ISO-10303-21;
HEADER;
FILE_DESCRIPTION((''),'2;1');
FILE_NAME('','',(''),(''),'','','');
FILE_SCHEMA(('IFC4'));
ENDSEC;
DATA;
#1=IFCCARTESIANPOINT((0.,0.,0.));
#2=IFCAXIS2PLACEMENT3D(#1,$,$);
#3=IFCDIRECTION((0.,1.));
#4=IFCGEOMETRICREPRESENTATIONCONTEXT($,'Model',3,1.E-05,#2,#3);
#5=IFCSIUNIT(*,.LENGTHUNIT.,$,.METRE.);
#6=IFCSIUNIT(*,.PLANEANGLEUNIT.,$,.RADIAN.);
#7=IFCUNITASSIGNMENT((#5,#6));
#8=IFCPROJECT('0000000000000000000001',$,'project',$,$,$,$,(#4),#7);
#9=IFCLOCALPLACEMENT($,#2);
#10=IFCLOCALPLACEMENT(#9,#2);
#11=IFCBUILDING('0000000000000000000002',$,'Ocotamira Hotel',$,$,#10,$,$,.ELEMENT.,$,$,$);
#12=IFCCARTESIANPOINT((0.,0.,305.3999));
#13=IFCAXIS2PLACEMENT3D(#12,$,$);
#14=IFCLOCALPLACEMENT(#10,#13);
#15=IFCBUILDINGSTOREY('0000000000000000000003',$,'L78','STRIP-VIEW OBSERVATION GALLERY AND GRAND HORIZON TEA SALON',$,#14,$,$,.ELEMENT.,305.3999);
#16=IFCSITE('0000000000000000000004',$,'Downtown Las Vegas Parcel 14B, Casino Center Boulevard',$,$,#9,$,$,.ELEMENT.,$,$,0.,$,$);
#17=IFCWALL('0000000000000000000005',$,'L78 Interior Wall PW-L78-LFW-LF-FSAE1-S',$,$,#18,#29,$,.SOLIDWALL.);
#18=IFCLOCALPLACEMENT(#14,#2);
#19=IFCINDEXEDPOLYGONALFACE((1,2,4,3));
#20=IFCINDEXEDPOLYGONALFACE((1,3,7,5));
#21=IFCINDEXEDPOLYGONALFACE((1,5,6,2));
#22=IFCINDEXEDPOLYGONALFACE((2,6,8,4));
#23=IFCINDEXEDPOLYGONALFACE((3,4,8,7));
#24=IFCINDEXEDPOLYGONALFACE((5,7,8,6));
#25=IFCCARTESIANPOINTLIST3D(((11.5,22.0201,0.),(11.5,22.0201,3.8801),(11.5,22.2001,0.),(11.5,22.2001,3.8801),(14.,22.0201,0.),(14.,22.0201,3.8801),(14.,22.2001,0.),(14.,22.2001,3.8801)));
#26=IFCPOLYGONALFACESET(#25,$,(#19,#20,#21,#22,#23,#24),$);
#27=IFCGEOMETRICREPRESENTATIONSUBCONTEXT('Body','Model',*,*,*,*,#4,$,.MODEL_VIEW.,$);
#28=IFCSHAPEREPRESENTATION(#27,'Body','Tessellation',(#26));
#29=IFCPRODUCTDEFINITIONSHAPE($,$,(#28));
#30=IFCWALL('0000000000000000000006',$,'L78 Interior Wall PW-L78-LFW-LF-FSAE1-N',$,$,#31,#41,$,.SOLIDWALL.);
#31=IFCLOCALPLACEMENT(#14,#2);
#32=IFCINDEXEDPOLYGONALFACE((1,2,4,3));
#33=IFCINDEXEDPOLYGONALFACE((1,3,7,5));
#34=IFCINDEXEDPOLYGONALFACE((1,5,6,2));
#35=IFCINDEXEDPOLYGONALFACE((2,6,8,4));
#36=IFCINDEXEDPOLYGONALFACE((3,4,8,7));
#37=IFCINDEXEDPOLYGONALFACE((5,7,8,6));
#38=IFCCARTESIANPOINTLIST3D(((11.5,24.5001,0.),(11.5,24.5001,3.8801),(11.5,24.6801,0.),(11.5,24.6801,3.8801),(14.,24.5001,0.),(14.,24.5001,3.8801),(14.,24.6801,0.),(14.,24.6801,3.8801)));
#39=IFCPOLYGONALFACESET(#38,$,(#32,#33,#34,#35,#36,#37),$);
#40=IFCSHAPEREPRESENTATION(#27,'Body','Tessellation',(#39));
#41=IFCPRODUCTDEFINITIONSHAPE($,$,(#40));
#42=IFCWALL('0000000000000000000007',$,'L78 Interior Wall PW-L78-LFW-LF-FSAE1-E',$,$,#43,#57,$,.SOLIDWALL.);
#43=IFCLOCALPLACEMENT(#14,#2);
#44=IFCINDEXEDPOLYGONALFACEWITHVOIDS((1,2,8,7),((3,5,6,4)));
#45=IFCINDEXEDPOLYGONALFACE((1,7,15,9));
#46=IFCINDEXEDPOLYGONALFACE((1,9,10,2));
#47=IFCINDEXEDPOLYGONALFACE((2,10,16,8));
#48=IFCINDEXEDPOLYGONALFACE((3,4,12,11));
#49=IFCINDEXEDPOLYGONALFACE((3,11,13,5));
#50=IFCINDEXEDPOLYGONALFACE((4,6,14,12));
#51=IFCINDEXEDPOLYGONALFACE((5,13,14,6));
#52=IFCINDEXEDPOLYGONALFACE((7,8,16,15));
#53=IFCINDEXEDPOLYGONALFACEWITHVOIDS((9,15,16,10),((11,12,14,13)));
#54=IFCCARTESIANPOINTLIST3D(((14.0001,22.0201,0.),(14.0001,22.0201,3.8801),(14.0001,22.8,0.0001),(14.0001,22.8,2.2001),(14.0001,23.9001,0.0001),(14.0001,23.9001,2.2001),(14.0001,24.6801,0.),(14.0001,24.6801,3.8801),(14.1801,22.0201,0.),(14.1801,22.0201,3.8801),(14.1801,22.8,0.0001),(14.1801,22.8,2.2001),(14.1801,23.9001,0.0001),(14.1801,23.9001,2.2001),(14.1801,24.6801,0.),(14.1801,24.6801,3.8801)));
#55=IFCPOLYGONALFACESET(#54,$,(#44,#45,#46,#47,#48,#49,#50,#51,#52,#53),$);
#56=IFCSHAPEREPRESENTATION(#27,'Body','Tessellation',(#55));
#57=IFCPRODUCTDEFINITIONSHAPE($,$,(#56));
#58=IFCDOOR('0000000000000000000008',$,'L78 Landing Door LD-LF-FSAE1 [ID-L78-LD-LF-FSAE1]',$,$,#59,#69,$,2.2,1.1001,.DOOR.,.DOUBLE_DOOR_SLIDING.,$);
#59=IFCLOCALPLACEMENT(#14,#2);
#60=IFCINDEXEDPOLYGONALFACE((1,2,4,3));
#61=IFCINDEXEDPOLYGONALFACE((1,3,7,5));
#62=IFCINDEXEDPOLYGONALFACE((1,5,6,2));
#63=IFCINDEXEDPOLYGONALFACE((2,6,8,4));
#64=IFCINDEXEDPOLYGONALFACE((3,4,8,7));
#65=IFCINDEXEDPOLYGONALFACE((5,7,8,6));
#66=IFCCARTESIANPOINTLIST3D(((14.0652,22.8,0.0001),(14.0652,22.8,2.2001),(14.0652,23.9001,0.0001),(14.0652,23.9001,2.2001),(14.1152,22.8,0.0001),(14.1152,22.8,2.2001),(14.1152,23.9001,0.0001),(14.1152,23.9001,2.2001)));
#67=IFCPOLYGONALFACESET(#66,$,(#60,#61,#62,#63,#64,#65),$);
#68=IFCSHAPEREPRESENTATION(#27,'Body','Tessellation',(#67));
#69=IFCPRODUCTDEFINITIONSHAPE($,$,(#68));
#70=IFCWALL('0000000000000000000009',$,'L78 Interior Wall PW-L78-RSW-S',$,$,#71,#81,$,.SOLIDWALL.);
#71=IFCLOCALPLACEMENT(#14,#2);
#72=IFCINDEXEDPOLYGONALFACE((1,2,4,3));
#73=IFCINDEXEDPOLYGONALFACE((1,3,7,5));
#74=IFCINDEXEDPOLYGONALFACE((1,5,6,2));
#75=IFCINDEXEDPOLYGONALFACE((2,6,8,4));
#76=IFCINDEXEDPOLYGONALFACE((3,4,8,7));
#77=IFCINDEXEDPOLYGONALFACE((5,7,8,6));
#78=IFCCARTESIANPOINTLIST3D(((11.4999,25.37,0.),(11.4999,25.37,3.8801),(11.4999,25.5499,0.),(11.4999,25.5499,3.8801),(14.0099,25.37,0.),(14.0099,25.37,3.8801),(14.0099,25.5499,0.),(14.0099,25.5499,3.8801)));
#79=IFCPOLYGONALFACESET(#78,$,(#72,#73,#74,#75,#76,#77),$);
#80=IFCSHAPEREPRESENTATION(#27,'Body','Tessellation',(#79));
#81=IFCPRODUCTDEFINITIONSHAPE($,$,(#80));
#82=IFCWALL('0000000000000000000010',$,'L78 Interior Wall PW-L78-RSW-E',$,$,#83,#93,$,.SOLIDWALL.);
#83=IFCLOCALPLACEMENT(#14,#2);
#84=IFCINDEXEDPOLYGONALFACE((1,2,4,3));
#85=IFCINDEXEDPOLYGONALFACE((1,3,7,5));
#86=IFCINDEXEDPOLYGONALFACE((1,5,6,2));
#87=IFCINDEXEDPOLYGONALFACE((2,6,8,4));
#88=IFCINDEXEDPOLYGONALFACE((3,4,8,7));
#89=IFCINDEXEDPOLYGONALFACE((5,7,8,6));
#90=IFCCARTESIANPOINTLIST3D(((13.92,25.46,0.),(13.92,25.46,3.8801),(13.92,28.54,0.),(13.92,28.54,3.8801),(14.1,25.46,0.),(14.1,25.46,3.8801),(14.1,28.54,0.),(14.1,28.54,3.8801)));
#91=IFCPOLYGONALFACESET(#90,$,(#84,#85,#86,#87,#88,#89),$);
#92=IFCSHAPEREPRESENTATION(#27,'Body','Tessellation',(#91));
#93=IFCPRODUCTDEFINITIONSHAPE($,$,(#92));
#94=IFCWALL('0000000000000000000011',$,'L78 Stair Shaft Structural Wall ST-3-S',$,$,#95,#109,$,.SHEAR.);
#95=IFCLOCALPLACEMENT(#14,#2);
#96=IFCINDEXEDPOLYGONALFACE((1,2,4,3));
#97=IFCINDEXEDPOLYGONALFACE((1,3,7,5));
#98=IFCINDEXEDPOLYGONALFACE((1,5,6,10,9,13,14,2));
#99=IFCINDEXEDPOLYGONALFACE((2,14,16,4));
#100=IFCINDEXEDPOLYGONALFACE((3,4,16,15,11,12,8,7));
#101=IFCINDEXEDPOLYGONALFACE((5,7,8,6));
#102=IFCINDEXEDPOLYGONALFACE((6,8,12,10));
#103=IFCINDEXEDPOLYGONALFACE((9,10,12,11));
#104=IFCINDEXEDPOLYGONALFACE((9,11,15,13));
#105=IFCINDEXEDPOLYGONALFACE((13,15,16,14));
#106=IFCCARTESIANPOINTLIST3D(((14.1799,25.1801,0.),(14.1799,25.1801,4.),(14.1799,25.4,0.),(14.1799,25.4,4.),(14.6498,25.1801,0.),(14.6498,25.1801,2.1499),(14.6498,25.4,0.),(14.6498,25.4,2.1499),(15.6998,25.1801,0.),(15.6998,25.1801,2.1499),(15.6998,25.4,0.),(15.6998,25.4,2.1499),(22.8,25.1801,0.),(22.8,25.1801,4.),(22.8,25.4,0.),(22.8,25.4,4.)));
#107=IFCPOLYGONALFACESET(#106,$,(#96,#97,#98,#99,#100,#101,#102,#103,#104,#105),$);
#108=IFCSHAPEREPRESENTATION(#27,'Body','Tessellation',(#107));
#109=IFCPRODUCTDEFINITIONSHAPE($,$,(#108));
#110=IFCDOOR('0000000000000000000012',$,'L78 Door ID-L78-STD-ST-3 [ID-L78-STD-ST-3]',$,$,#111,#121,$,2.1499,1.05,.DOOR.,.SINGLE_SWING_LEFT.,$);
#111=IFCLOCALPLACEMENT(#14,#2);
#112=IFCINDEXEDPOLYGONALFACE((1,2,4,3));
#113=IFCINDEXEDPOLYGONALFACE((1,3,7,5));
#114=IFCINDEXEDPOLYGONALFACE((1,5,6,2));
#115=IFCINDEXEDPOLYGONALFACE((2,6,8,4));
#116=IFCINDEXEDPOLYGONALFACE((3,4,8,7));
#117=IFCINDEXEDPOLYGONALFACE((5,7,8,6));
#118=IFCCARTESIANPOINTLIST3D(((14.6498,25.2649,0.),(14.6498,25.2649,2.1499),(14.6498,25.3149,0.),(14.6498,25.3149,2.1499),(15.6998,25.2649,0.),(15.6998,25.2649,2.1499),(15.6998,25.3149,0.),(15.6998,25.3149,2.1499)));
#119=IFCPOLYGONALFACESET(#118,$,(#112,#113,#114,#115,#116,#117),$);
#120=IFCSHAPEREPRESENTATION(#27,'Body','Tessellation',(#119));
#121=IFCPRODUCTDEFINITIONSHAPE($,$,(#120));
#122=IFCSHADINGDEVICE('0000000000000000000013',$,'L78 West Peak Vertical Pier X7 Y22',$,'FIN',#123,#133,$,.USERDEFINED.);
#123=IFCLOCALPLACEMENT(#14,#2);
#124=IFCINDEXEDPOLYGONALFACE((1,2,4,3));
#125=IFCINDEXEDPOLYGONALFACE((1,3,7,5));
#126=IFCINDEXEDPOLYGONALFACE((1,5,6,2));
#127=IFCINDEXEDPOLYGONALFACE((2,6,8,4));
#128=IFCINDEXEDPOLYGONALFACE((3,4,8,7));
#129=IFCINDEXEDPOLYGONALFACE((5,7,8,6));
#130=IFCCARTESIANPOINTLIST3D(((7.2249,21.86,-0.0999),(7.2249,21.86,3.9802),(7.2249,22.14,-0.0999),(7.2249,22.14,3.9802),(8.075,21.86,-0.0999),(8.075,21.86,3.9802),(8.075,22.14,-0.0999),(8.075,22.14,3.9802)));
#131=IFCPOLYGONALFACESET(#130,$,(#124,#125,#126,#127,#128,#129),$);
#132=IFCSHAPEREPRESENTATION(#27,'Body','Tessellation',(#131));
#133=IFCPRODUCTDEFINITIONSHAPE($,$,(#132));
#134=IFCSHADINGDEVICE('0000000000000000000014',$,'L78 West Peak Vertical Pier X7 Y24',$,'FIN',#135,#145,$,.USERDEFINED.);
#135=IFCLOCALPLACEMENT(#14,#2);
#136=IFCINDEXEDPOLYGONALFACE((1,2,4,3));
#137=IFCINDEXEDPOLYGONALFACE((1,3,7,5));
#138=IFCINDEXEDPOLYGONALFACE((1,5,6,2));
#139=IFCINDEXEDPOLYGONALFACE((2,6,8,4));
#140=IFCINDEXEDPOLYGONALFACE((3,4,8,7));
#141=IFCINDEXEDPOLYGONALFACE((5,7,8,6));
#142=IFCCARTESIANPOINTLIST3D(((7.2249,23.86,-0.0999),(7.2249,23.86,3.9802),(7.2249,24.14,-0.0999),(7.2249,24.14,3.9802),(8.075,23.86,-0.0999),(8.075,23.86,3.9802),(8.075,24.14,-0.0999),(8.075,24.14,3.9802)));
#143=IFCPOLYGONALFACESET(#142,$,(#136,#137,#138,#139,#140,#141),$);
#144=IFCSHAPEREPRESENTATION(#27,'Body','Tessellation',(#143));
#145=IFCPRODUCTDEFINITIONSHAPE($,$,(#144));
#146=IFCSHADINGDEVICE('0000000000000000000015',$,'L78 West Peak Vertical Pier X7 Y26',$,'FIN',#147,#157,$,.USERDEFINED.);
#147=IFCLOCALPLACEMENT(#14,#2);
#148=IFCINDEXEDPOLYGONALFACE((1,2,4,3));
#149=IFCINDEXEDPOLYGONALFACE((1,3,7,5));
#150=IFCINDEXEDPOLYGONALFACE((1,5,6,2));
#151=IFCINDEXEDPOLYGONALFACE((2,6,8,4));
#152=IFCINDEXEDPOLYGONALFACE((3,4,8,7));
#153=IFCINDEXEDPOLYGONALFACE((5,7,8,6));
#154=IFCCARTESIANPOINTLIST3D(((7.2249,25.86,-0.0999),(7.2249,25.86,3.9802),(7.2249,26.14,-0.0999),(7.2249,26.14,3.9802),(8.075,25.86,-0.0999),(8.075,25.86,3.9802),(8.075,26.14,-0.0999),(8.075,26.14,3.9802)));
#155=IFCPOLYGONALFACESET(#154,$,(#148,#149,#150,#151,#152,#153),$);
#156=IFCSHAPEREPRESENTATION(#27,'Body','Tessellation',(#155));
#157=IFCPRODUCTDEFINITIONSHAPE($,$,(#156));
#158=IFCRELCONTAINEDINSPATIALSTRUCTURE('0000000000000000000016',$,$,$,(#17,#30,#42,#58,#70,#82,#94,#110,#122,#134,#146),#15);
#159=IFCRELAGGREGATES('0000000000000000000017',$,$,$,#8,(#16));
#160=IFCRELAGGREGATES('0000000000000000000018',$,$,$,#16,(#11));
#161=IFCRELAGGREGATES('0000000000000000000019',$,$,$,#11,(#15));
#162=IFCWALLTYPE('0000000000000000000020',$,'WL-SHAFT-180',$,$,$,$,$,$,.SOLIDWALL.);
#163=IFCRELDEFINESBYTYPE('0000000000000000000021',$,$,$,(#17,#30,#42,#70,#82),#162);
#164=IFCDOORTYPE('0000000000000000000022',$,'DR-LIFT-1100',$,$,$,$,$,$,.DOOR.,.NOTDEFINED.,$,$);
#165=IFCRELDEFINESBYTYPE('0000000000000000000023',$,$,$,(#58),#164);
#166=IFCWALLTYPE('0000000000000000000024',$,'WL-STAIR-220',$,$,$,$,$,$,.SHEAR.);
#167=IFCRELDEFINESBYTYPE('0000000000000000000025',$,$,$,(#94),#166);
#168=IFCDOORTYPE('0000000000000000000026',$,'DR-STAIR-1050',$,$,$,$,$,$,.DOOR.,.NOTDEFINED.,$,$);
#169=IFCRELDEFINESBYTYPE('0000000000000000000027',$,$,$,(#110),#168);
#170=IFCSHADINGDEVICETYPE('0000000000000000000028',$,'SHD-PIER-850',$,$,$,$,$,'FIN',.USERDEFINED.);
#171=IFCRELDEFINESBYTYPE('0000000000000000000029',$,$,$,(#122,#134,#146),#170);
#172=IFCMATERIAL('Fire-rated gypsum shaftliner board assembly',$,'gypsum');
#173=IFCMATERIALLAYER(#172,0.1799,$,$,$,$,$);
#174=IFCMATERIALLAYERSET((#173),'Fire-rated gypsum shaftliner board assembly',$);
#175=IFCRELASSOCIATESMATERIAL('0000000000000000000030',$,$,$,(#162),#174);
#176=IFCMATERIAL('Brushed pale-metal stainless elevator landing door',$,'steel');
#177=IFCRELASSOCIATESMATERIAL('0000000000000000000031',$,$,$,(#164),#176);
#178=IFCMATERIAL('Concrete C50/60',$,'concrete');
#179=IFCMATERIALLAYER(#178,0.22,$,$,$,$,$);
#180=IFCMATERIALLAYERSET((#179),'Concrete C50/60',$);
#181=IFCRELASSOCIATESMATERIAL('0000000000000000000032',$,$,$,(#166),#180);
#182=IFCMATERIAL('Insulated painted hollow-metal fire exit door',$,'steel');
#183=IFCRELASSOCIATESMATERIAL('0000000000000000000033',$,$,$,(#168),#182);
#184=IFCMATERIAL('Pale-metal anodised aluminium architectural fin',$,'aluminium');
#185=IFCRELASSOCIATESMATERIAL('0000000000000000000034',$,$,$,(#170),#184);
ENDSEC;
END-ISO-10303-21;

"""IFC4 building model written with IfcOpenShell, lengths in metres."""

from ifc_helpers import new_model, si_unit, direction, frame, frame_2d, origin, origin_2d, place, context, subcontext, project, spatial, rectangle, extrude, source, transform, mapped, material, layer, layer_set, type_object, element, fill, save


model = new_model("IFC4")

# Units and contexts
model_context = context("Model", 3, precision=1e-05, world=origin(), true_north=direction((0.0, 1.0)))
body_context = subcontext(model_context, "Body", "Model", "MODEL_VIEW")
ifc_project = project(units=[si_unit("LENGTHUNIT", "METRE"), si_unit("PLANEANGLEUNIT", "RADIAN")], contexts=[model_context])

# Site, building, storey
site_placement = place(None, origin())
site = spatial("IfcSite", under=ifc_project, at=site_placement, Name="Downtown Las Vegas Parcel 14B, Casino Center Boulevard", CompositionType="ELEMENT", RefElevation=0.0)
building_placement = place(site_placement, origin())
building = spatial("IfcBuilding", under=site, at=building_placement, Name="Ocotamira Hotel", CompositionType="ELEMENT")
storey_placement = place(building_placement, frame((0.0, 0.0, 305.3999)))
storey = spatial("IfcBuildingStorey", under=building, at=storey_placement, Name="L78", Description="STRIP-VIEW OBSERVATION GALLERY AND GRAND HORIZON TEA SALON", CompositionType="ELEMENT", Elevation=305.3999)

# Shared definitions
ifc_material_1 = material(Name="Concrete C50/60", Category="concrete")

# Walls
ifc_material_2 = material(Name="Fire-rated gypsum shaftliner board assembly", Category="gypsum")
ifc_layer_1 = layer(ifc_material_2, 0.1799)
ifc_layer_set_1 = layer_set([ifc_layer_1], Name="Fire-rated gypsum shaftliner board assembly")
wall_type_1 = type_object("IfcWallType", Name="WL-SHAFT-180", PredefinedType="SOLIDWALL", material=ifc_layer_set_1)
for number, where, z_axis, x_axis, name in (
    (1, (11.5, 22.1101, 0.0), (0.0, 0.0, 1.0), (1.0, 0.0, 0.0), "L78 Interior Wall PW-L78-LFW-LF-FSAE1-S"),
    (2, (11.5, 24.5901, 0.0), (0.0, 0.0, 1.0), (1.0, 0.0, 0.0), "L78 Interior Wall PW-L78-LFW-LF-FSAE1-N"),
):
    element("IfcWall", number, at=place(storey_placement, frame(where, z_axis=z_axis, x_axis=x_axis)), inside=storey, type_object=wall_type_1, Name=name, PredefinedType="SOLIDWALL", context=body_context, shape_type="SweptSolid", body=[
        extrude(rectangle(XDim=2.5, YDim=0.1799, at=frame_2d((1.25, 0.0))), origin(), (0.0, 0.0, 1.0), 3.8801),
    ])

# Wall, opening, door
wall_1_placement = place(storey_placement, frame((14.0901, 22.02, 0.0), z_axis=(0.0, 0.0, 1.0), x_axis=(0.0, 1.0, 0.0)))
wall_1 = element("IfcWall", 3, at=wall_1_placement, inside=storey, type_object=wall_type_1, Name="L78 Interior Wall PW-L78-LFW-LF-FSAE1-E", PredefinedType="SOLIDWALL", context=body_context, shape_type="SweptSolid", body=[
    extrude(rectangle(XDim=2.6599, YDim=0.1799, at=frame_2d((1.3301, 0.0))), origin(), (0.0, 0.0, 1.0), 3.8801),
])
opening_1_placement = place(wall_1_placement, frame((0.78, 0.0, 0.0)))
opening_1 = element("IfcOpeningElement", 4, at=opening_1_placement, cuts=wall_1, PredefinedType="OPENING", context=body_context, shape_type="SweptSolid", body=[
    extrude(rectangle(XDim=1.1001, YDim=2.2, at=frame_2d((0.55, 1.1001))), frame((0.0, 0.1001, 0.0), z_axis=(0.0, -1.0, 0.0), x_axis=(1.0, 0.0, 0.0)), (0.0, 0.0, 1.0), 0.2),
])
ifc_material_3 = material(Name="Brushed pale-metal stainless elevator landing door", Category="steel")
door_type_1 = type_object("IfcDoorType", Name="DR-LIFT-1100", OperationType="NOTDEFINED", PredefinedType="DOOR", material=ifc_material_3)
shared_shape_1 = source(origin(), body_context, "Body", "SweptSolid", [
    extrude(rectangle(XDim=1.1001, YDim=2.2, at=frame_2d((0.55, 1.1001))), frame((0.0, 0.0249, 0.0), z_axis=(0.0, -1.0, 0.0), x_axis=(1.0, 0.0, 0.0)), (0.0, 0.0, 1.0), 0.05),
])
door_1_placement = place(opening_1_placement, origin())
door_1 = element("IfcDoor", 5, at=door_1_placement, inside=storey, type_object=door_type_1, Name="L78 Landing Door LD-LF-FSAE1 [ID-L78-LD-LF-FSAE1]", OperationType="DOUBLE_DOOR_SLIDING", OverallHeight=2.2, OverallWidth=1.1001, PredefinedType="DOOR", context=body_context, shape_type="MappedRepresentation", body=[
    mapped(shared_shape_1, transform((0.0, 0.0, 0.0), scale=1.0)),
])
fill(opening_1, door_1)

# Walls
wall_2_placement = place(storey_placement, frame((11.5, 25.46, 0.0), z_axis=(0.0, 0.0, 1.0), x_axis=(1.0, 0.0, 0.0)))
element("IfcWall", 6, at=wall_2_placement, inside=storey, type_object=wall_type_1, Name="L78 Interior Wall PW-L78-RSW-S", PredefinedType="SOLIDWALL", context=body_context, shape_type="SweptSolid", body=[
    extrude(rectangle(XDim=2.51, YDim=0.1799, at=frame_2d((1.2549, 0.0))), origin(), (0.0, 0.0, 1.0), 3.8801),
])
wall_3_placement = place(storey_placement, frame((14.01, 25.46, 0.0), z_axis=(0.0, 0.0, 1.0), x_axis=(0.0, 1.0, 0.0)))
element("IfcWall", 7, at=wall_3_placement, inside=storey, type_object=wall_type_1, Name="L78 Interior Wall PW-L78-RSW-E", PredefinedType="SOLIDWALL", context=body_context, shape_type="SweptSolid", body=[
    extrude(rectangle(XDim=3.0801, YDim=0.1799, at=frame_2d((1.54, 0.0))), origin(), (0.0, 0.0, 1.0), 3.8801),
])

# Wall, opening, door
ifc_layer_2 = layer(ifc_material_1, 0.22)
ifc_layer_set_2 = layer_set([ifc_layer_2], Name="Concrete C50/60")
wall_type_2 = type_object("IfcWallType", Name="WL-STAIR-220", PredefinedType="SHEAR", material=ifc_layer_set_2)
wall_4_placement = place(storey_placement, frame((14.1799, 25.29, 0.0), z_axis=(0.0, 0.0, 1.0), x_axis=(1.0, 0.0, 0.0)))
wall_4 = element("IfcWall", 8, at=wall_4_placement, inside=storey, type_object=wall_type_2, Name="L78 Stair Shaft Structural Wall ST-3-S", PredefinedType="SHEAR", context=body_context, shape_type="SweptSolid", body=[
    extrude(rectangle(XDim=8.6201, YDim=0.22, at=frame_2d((4.3101, 0.0))), origin(), (0.0, 0.0, 1.0), 4.0),
])
opening_2_placement = place(wall_4_placement, frame((0.47, 0.0, 0.0)))
opening_2 = element("IfcOpeningElement", 9, at=opening_2_placement, cuts=wall_4, PredefinedType="OPENING", context=body_context, shape_type="SweptSolid", body=[
    extrude(rectangle(XDim=1.05, YDim=2.1499, at=frame_2d((0.5249, 1.075))), frame((0.0, 0.1201, 0.0), z_axis=(0.0, -1.0, 0.0), x_axis=(1.0, 0.0, 0.0)), (0.0, 0.0, 1.0), 0.24),
])
ifc_material_4 = material(Name="Insulated painted hollow-metal fire exit door", Category="steel")
door_type_2 = type_object("IfcDoorType", Name="DR-STAIR-1050", OperationType="NOTDEFINED", PredefinedType="DOOR", material=ifc_material_4)
shared_shape_2 = source(origin(), body_context, "Body", "SweptSolid", [
    extrude(rectangle(XDim=1.05, YDim=2.1499, at=frame_2d((0.5249, 1.075))), frame((0.0, 0.0249, 0.0), z_axis=(0.0, -1.0, 0.0), x_axis=(1.0, 0.0, 0.0)), (0.0, 0.0, 1.0), 0.05),
])
door_2_placement = place(opening_2_placement, origin())
door_2 = element("IfcDoor", 10, at=door_2_placement, inside=storey, type_object=door_type_2, Name="L78 Door ID-L78-STD-ST-3 [ID-L78-STD-ST-3]", OperationType="SINGLE_SWING_LEFT", OverallHeight=2.1499, OverallWidth=1.05, PredefinedType="DOOR", context=body_context, shape_type="MappedRepresentation", body=[
    mapped(shared_shape_2, transform((0.0, 0.0, 0.0), scale=1.0)),
])
fill(opening_2, door_2)

# Shading devices
ifc_material_5 = material(Name="Pale-metal anodised aluminium architectural fin", Category="aluminium")
shading_device_type = type_object("IfcShadingDeviceType", Name="SHD-PIER-850", ElementType="FIN", PredefinedType="USERDEFINED", material=ifc_material_5)
shared_shape_3 = source(origin(), body_context, "Body", "SweptSolid", [
    extrude(rectangle(XDim=0.8501, YDim=0.28, at=origin_2d()), origin(), (0.0, 0.0, 1.0), 4.0801),
])
for number, where, z_axis, x_axis, name in (
    (11, (7.6499, 22.0, -0.0999), (0.0, 0.0, 1.0), (1.0, 0.0, 0.0), "L78 West Peak Vertical Pier X7 Y22"),
    (12, (7.6499, 24.0, -0.0999), (0.0, 0.0, 1.0), (1.0, 0.0, 0.0), "L78 West Peak Vertical Pier X7 Y24"),
    (13, (7.6499, 26.0, -0.0999), (0.0, 0.0, 1.0), (1.0, 0.0, 0.0), "L78 West Peak Vertical Pier X7 Y26"),
):
    element("IfcShadingDevice", number, at=place(storey_placement, frame(where, z_axis=z_axis, x_axis=x_axis)), inside=storey, type_object=shading_device_type, Name=name, ObjectType="FIN", PredefinedType="USERDEFINED", context=body_context, shape_type="MappedRepresentation", body=[
        mapped(shared_shape_3, transform((0.0, 0.0, 0.0), scale=1.0)),
    ])

save(model, "model.ifc")
